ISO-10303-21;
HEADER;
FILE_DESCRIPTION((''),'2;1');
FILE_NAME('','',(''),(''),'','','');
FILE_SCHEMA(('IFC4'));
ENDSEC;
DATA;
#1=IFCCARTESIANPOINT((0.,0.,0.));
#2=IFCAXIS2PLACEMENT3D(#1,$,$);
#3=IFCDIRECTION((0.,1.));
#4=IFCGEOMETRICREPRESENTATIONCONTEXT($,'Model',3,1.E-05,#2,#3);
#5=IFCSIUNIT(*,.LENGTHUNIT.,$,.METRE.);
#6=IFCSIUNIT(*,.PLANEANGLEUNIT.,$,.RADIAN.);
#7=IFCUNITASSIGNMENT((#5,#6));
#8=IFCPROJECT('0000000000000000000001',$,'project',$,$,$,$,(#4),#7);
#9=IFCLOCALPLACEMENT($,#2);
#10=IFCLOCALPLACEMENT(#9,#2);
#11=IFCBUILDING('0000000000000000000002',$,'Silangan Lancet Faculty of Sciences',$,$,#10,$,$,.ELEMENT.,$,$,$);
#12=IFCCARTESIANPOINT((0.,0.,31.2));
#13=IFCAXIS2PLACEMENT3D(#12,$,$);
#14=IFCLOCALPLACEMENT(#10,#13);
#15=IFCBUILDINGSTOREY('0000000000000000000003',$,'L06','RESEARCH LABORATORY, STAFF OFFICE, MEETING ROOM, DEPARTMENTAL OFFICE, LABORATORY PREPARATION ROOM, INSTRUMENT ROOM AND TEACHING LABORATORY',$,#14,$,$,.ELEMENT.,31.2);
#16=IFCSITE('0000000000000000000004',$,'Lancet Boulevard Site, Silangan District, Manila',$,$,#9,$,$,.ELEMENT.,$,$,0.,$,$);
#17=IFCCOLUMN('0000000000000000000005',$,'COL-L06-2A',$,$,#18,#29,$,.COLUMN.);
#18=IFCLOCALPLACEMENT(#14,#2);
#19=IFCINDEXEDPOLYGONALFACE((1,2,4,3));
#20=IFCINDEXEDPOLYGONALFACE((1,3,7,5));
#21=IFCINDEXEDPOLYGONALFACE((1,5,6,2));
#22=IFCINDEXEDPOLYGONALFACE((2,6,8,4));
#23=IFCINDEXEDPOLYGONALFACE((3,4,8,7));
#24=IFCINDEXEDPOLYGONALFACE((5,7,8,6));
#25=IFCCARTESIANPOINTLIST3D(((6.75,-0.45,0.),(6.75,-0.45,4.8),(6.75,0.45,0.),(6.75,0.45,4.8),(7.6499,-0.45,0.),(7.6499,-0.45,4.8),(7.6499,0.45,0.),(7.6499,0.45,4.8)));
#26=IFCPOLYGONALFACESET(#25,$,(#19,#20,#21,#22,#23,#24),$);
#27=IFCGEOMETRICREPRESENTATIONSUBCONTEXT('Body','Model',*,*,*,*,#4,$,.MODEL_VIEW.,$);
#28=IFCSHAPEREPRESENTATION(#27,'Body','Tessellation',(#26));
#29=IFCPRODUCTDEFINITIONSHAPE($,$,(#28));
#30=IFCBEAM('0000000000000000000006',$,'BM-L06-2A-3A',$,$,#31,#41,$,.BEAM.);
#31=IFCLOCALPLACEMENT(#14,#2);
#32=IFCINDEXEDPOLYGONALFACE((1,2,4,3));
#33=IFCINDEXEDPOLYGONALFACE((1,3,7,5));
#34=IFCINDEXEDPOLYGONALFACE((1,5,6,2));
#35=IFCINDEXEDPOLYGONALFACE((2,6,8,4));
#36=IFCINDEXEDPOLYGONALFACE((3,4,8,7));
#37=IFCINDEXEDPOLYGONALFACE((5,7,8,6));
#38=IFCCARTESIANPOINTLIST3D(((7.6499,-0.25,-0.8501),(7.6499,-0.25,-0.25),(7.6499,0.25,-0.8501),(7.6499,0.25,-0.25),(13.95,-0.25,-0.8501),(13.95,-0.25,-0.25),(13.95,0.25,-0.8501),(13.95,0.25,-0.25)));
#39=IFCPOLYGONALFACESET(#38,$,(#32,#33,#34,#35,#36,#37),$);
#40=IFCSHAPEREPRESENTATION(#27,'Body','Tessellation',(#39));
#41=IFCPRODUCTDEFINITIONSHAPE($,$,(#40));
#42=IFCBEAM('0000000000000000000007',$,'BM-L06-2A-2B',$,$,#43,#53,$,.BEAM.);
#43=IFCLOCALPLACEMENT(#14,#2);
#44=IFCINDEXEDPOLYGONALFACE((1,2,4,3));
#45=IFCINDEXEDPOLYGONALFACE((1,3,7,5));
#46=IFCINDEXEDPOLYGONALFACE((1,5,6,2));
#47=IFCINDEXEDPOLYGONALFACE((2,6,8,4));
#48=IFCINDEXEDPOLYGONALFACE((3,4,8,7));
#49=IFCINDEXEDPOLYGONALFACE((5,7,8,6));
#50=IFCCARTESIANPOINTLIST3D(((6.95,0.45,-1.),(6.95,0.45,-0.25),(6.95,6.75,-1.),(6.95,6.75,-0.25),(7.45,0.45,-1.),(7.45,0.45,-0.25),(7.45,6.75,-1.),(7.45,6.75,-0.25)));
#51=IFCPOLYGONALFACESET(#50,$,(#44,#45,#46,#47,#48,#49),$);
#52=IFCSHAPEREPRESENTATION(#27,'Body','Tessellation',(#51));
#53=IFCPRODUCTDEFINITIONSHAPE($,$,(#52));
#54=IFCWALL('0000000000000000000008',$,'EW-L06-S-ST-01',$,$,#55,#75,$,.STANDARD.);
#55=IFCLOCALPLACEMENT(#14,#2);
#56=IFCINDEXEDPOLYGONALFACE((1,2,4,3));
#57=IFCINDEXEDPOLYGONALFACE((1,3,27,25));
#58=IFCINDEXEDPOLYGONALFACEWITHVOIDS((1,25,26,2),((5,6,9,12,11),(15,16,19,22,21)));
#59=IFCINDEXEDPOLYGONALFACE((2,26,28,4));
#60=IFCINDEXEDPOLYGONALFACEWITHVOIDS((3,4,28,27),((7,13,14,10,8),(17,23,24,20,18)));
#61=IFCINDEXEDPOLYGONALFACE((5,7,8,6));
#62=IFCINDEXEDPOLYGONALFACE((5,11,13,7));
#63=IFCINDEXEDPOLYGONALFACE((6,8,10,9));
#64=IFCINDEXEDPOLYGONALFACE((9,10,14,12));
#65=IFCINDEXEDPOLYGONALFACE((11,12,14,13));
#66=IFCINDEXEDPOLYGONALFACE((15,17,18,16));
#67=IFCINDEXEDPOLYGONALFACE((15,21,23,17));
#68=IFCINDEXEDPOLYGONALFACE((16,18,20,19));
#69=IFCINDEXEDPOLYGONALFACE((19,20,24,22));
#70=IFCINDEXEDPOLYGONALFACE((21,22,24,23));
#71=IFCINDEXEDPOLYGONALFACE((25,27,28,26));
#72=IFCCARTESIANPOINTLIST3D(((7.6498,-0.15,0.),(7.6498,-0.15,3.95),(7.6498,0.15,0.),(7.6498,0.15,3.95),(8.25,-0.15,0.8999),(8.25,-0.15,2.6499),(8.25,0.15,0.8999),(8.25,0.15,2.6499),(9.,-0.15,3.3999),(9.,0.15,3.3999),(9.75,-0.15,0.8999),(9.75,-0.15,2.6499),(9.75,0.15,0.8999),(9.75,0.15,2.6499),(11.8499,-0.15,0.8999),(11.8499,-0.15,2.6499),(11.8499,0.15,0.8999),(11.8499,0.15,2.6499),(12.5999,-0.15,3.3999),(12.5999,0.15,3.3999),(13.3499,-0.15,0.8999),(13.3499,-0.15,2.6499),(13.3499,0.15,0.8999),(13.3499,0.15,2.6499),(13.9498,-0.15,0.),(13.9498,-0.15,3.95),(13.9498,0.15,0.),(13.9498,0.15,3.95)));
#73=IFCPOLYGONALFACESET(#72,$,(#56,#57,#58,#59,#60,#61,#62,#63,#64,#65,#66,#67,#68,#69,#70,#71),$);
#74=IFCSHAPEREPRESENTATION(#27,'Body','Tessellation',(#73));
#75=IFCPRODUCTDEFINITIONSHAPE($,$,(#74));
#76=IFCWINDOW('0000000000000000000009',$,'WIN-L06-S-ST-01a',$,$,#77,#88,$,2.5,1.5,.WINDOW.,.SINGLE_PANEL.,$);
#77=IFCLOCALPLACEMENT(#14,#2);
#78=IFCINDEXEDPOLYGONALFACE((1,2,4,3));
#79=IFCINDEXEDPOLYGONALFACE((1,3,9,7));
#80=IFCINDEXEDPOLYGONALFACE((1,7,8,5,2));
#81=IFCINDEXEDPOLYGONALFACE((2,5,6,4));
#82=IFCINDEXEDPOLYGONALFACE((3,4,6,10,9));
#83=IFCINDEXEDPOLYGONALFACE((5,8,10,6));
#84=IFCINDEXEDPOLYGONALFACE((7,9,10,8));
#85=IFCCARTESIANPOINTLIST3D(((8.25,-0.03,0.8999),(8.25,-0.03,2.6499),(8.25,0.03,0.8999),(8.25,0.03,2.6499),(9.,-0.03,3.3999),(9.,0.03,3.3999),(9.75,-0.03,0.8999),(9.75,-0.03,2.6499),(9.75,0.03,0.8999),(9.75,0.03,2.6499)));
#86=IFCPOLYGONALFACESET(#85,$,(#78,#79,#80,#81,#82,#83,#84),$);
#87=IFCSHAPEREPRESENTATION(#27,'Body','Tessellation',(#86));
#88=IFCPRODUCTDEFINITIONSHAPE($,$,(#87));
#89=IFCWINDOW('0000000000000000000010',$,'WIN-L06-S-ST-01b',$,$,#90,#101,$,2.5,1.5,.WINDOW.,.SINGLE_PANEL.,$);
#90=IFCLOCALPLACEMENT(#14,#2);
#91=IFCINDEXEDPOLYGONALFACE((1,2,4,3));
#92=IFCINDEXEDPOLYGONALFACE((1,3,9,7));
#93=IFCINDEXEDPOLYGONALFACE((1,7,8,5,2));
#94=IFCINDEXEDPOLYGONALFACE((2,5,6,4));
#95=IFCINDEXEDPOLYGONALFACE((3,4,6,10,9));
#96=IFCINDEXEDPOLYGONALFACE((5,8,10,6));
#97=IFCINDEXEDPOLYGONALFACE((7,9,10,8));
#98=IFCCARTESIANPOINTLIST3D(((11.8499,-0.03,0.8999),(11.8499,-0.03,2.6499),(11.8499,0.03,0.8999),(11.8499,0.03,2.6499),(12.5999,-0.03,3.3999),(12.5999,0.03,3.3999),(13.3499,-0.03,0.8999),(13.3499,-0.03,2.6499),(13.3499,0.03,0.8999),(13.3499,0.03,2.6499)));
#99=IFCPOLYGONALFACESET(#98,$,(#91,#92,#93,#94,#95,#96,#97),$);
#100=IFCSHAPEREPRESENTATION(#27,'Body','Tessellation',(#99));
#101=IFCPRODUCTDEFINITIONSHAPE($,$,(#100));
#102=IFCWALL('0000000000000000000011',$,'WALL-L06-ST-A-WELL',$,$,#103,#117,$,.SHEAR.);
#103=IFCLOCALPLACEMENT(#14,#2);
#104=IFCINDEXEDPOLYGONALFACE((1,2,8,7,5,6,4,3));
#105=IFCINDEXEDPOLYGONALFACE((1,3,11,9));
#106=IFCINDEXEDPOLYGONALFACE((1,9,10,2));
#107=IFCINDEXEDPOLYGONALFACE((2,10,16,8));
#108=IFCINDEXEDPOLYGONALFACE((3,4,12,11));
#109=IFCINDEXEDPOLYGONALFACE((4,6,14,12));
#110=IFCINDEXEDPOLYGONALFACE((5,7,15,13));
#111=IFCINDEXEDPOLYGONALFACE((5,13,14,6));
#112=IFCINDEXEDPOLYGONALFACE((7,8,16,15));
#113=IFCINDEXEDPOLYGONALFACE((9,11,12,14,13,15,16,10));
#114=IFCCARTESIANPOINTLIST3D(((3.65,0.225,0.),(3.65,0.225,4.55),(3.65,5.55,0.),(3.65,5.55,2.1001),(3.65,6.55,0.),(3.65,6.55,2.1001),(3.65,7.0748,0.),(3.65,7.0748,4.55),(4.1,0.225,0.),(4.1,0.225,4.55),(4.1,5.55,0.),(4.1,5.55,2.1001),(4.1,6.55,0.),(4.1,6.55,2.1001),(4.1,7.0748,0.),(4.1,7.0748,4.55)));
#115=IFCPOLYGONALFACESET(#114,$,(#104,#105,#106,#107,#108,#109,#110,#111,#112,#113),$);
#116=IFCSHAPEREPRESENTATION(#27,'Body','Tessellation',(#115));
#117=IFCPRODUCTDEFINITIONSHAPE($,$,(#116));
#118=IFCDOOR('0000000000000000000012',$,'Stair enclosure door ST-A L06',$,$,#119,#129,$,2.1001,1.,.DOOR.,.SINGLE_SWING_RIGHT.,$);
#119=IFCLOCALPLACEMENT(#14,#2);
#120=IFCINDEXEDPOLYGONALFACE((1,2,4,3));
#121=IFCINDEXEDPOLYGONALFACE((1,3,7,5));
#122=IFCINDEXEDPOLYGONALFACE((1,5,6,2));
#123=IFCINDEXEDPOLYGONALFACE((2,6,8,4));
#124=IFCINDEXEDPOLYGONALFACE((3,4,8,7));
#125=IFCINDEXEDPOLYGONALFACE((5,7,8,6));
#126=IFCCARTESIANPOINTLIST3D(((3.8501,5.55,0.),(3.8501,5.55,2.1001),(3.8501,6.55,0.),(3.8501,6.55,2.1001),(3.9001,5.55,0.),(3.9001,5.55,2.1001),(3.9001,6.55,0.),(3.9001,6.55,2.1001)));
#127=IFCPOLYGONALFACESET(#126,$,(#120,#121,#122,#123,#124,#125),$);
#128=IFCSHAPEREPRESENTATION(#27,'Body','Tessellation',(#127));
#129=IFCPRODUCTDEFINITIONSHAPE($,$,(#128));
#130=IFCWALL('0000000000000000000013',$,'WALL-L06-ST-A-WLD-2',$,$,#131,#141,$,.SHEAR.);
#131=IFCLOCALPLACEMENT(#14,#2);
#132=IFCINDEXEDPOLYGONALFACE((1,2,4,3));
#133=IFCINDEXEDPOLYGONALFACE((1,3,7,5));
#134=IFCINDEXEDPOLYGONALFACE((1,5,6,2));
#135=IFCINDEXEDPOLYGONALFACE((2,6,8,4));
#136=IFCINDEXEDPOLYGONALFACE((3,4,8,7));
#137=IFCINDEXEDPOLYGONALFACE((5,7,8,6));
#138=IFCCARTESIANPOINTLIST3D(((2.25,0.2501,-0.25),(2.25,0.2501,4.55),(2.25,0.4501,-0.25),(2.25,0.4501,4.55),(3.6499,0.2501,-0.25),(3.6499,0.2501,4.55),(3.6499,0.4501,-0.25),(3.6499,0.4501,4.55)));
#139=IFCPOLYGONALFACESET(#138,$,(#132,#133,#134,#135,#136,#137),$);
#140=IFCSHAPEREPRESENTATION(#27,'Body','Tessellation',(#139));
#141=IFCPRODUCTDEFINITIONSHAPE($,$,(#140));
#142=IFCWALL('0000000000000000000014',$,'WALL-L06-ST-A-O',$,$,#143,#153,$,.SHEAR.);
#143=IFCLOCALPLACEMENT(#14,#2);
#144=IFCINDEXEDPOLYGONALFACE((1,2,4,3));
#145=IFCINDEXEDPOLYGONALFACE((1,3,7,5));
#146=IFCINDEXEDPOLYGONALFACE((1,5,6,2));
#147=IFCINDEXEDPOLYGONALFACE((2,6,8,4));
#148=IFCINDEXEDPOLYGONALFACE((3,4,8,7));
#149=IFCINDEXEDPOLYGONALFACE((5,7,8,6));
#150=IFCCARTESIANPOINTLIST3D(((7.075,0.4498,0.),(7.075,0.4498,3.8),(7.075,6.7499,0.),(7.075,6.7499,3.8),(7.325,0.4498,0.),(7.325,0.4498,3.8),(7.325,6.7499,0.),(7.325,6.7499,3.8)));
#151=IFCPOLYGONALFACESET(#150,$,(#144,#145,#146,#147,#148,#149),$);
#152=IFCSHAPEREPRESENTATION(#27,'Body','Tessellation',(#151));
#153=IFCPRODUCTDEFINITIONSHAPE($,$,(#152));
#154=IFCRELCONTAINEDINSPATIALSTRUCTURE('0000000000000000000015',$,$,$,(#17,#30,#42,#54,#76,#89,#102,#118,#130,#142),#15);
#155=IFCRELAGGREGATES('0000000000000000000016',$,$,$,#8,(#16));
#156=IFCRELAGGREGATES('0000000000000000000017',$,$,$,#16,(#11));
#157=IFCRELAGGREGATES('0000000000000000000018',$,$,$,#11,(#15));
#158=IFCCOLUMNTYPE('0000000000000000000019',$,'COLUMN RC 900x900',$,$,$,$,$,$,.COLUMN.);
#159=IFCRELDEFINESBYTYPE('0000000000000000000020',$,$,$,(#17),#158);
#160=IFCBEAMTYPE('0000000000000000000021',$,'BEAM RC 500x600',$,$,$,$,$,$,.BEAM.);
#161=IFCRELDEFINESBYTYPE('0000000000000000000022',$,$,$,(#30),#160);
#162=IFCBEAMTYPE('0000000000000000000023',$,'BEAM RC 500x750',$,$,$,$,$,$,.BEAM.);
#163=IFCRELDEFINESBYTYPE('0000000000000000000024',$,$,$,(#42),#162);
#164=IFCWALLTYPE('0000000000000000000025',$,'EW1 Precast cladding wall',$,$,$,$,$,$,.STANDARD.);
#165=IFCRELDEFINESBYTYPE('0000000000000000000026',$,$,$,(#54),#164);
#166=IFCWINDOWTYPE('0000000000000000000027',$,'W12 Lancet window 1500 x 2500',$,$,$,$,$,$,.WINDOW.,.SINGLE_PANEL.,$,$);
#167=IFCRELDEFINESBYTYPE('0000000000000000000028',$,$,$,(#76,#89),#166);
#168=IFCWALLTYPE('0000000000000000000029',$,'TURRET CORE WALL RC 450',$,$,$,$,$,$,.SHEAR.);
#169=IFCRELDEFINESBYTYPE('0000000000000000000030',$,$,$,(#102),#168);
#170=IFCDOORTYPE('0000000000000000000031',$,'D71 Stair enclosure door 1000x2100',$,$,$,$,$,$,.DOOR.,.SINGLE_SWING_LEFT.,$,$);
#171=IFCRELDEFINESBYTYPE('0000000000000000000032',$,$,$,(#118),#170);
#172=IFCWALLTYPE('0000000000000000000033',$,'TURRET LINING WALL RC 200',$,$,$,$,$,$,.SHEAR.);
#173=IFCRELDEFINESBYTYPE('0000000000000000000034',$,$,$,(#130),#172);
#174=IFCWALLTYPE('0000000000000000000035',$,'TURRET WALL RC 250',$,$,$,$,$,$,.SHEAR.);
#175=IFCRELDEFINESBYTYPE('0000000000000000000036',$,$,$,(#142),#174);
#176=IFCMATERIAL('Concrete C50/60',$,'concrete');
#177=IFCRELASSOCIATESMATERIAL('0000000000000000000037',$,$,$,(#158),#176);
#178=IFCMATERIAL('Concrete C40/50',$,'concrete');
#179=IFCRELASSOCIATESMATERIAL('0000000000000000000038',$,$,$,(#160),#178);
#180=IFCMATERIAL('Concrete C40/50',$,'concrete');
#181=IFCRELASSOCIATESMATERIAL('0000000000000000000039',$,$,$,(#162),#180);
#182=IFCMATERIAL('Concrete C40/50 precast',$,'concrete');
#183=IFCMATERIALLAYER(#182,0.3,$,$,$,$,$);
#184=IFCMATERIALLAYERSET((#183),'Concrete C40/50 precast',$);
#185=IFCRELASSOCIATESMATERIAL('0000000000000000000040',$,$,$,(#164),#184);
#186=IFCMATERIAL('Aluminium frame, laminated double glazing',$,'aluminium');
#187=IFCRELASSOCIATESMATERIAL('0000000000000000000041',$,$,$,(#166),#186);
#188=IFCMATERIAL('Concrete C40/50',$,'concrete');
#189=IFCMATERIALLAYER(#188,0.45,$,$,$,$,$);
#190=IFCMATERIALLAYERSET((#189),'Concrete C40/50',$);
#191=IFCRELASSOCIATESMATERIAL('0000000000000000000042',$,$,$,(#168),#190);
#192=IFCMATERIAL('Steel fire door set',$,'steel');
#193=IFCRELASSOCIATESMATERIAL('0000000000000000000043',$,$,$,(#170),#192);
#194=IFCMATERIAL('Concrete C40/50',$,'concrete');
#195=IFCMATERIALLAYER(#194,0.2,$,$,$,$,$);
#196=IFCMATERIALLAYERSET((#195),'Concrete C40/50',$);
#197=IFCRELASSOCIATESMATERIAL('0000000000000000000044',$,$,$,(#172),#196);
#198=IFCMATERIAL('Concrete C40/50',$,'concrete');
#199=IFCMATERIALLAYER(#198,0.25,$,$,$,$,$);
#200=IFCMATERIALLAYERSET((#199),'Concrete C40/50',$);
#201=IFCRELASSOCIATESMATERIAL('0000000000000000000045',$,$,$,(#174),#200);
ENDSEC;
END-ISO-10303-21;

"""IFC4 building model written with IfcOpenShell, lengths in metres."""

from ifc_helpers import new_model, si_unit, direction, frame, frame_2d, origin, origin_2d, place, context, subcontext, project, spatial, polyline, rectangle, outline, extrude, material, layer, layer_set, material_profile, profile_set, type_object, element, fill, save


model = new_model("IFC4")

# Units and contexts
model_context = context("Model", 3, precision=1e-05, world=origin(), true_north=direction((0.0, 1.0)))
body_context = subcontext(model_context, "Body", "Model", "MODEL_VIEW")
ifc_project = project(units=[si_unit("LENGTHUNIT", "METRE"), si_unit("PLANEANGLEUNIT", "RADIAN")], contexts=[model_context])

# Site, building, storey
site_placement = place(None, origin())
site = spatial("IfcSite", under=ifc_project, at=site_placement, Name="Lancet Boulevard Site, Silangan District, Manila", CompositionType="ELEMENT", RefElevation=0.0)
building_placement = place(site_placement, origin())
building = spatial("IfcBuilding", under=site, at=building_placement, Name="Silangan Lancet Faculty of Sciences", CompositionType="ELEMENT")
storey_placement = place(building_placement, frame((0.0, 0.0, 31.2)))
storey = spatial("IfcBuildingStorey", under=building, at=storey_placement, Name="L06", Description="RESEARCH LABORATORY, STAFF OFFICE, MEETING ROOM, DEPARTMENTAL OFFICE, LABORATORY PREPARATION ROOM, INSTRUMENT ROOM AND TEACHING LABORATORY", CompositionType="ELEMENT", Elevation=31.2)

# Column
ifc_material_1 = material(Name="Concrete C50/60", Category="concrete")
ifc_material_profile_1 = material_profile(ifc_material_1, rectangle(XDim=0.8999, YDim=0.8999, at=origin_2d()), Name="RC 900x900")
ifc_profile_set_1 = profile_set([ifc_material_profile_1], Name="Concrete C50/60")
column_type = type_object("IfcColumnType", Name="COLUMN RC 900x900", PredefinedType="COLUMN", material=ifc_profile_set_1)
column_placement = place(storey_placement, frame((7.2, 0.0, 0.0), z_axis=(0.0, 0.0, 1.0), x_axis=(1.0, 0.0, 0.0)))
element("IfcColumn", 1, at=column_placement, inside=storey, type_object=column_type, Name="COL-L06-2A", PredefinedType="COLUMN", context=body_context, shape_type="SweptSolid", body=[
    extrude(rectangle(XDim=0.8999, YDim=0.8999, at=origin_2d()), origin(), (0.0, 0.0, 1.0), 4.8),
])

# Beams
ifc_material_2 = material(Name="Concrete C40/50", Category="concrete")
ifc_material_profile_2 = material_profile(ifc_material_2, rectangle(XDim=0.5, YDim=0.6001, at=origin_2d()), Name="RC 500x600")
ifc_profile_set_2 = profile_set([ifc_material_profile_2], Name="Concrete C40/50")
beam_type_1 = type_object("IfcBeamType", Name="BEAM RC 500x600", PredefinedType="BEAM", material=ifc_profile_set_2)
beam_1_placement = place(storey_placement, frame((7.6499, 0.0, -0.55), z_axis=(1.0, 0.0, 0.0), x_axis=(0.0, 1.0, 0.0)))
element("IfcBeam", 2, at=beam_1_placement, inside=storey, type_object=beam_type_1, Name="BM-L06-2A-3A", PredefinedType="BEAM", context=body_context, shape_type="SweptSolid", body=[
    extrude(rectangle(XDim=0.5, YDim=0.6001, at=origin_2d()), origin(), (0.0, 0.0, 1.0), 6.3),
])
ifc_material_3 = material(Name="Concrete C40/50", Category="concrete")
ifc_material_profile_3 = material_profile(ifc_material_3, rectangle(XDim=0.5, YDim=0.75, at=origin_2d()), Name="RC 500x750")
ifc_profile_set_3 = profile_set([ifc_material_profile_3], Name="Concrete C40/50")
beam_type_2 = type_object("IfcBeamType", Name="BEAM RC 500x750", PredefinedType="BEAM", material=ifc_profile_set_3)
beam_2_placement = place(storey_placement, frame((7.2, 0.45, -0.625), z_axis=(0.0, 1.0, 0.0), x_axis=(-1.0, 0.0, 0.0)))
element("IfcBeam", 3, at=beam_2_placement, inside=storey, type_object=beam_type_2, Name="BM-L06-2A-2B", PredefinedType="BEAM", context=body_context, shape_type="SweptSolid", body=[
    extrude(rectangle(XDim=0.5, YDim=0.75, at=origin_2d()), origin(), (0.0, 0.0, 1.0), 6.3),
])

# Wall, openings, windows
ifc_material_4 = material(Name="Concrete C40/50 precast", Category="concrete")
ifc_layer_1 = layer(ifc_material_4, 0.3)
ifc_layer_set_1 = layer_set([ifc_layer_1], Name="Concrete C40/50 precast")
wall_type_1 = type_object("IfcWallType", Name="EW1 Precast cladding wall", PredefinedType="STANDARD", material=ifc_layer_set_1)
wall_1_placement = place(storey_placement, frame((7.6499, 0.0, 0.0), z_axis=(0.0, 0.0, 1.0), x_axis=(1.0, 0.0, 0.0)))
wall_1 = element("IfcWall", 4, at=wall_1_placement, inside=storey, type_object=wall_type_1, Name="EW-L06-S-ST-01", PredefinedType="STANDARD", context=body_context, shape_type="SweptSolid", body=[
    extrude(rectangle(XDim=6.3, YDim=0.3, at=frame_2d((3.1499, 0.0))), origin(), (0.0, 0.0, 1.0), 3.95),
])
opening_1_placement = place(wall_1_placement, frame((0.6001, 0.0, 0.8999)))
opening_1 = element("IfcOpeningElement", 5, at=opening_1_placement, cuts=wall_1, PredefinedType="OPENING", context=body_context, shape_type="SweptSolid", body=[
    extrude(outline(polyline([(0.0, 0.0), (1.5, 0.0), (1.5, 1.75), (0.75, 2.5), (0.0, 1.75), (0.0, 0.0)])), frame((0.0, 0.1599, 0.0), z_axis=(0.0, -1.0, 0.0), x_axis=(1.0, 0.0, 0.0)), (0.0, 0.0, 1.0), 0.3201),
])
opening_2_placement = place(wall_1_placement, frame((4.2, 0.0, 0.8999)))
opening_2 = element("IfcOpeningElement", 6, at=opening_2_placement, cuts=wall_1, PredefinedType="OPENING", context=body_context, shape_type="SweptSolid", body=[
    extrude(outline(polyline([(0.0, 0.0), (1.5, 0.0), (1.5, 1.75), (0.75, 2.5), (0.0, 1.75), (0.0, 0.0)])), frame((0.0, 0.1599, 0.0), z_axis=(0.0, -1.0, 0.0), x_axis=(1.0, 0.0, 0.0)), (0.0, 0.0, 1.0), 0.3201),
])
ifc_material_5 = material(Name="Aluminium frame, laminated double glazing", Category="aluminium")
window_type = type_object("IfcWindowType", Name="W12 Lancet window 1500 x 2500", PartitioningType="SINGLE_PANEL", PredefinedType="WINDOW", material=ifc_material_5)
window_1_placement = place(opening_1_placement, origin())
window_1 = element("IfcWindow", 7, at=window_1_placement, inside=storey, type_object=window_type, Name="WIN-L06-S-ST-01a", OverallHeight=2.5, OverallWidth=1.5, PartitioningType="SINGLE_PANEL", PredefinedType="WINDOW", context=body_context, shape_type="SweptSolid", body=[
    extrude(outline(polyline([(0.0, 0.0), (1.5, 0.0), (1.5, 1.75), (0.75, 2.5), (0.0, 1.75), (0.0, 0.0)])), frame((0.0, 0.03, 0.0), z_axis=(0.0, -1.0, 0.0), x_axis=(1.0, 0.0, 0.0)), (0.0, 0.0, 1.0), 0.0601),
])
fill(opening_1, window_1)
window_2_placement = place(opening_2_placement, origin())
window_2 = element("IfcWindow", 8, at=window_2_placement, inside=storey, type_object=window_type, Name="WIN-L06-S-ST-01b", OverallHeight=2.5, OverallWidth=1.5, PartitioningType="SINGLE_PANEL", PredefinedType="WINDOW", context=body_context, shape_type="SweptSolid", body=[
    extrude(outline(polyline([(0.0, 0.0), (1.5, 0.0), (1.5, 1.75), (0.75, 2.5), (0.0, 1.75), (0.0, 0.0)])), frame((0.0, 0.03, 0.0), z_axis=(0.0, -1.0, 0.0), x_axis=(1.0, 0.0, 0.0)), (0.0, 0.0, 1.0), 0.0601),
])
fill(opening_2, window_2)

# Wall, opening, door
ifc_material_6 = material(Name="Concrete C40/50", Category="concrete")
ifc_layer_2 = layer(ifc_material_6, 0.45)
ifc_layer_set_2 = layer_set([ifc_layer_2], Name="Concrete C40/50")
wall_type_2 = type_object("IfcWallType", Name="TURRET CORE WALL RC 450", PredefinedType="SHEAR", material=ifc_layer_set_2)
wall_2_placement = place(storey_placement, frame((3.875, 0.2251, 0.0), z_axis=(0.0, 0.0, 1.0), x_axis=(0.0, 1.0, 0.0)))
wall_2 = element("IfcWall", 9, at=wall_2_placement, inside=storey, type_object=wall_type_2, Name="WALL-L06-ST-A-WELL", PredefinedType="SHEAR", context=body_context, shape_type="SweptSolid", body=[
    extrude(rectangle(XDim=6.8499, YDim=0.45, at=frame_2d((3.4248, 0.0))), origin(), (0.0, 0.0, 1.0), 4.55),
])
opening_3_placement = place(wall_2_placement, frame((5.325, 0.0, 0.0)))
opening_3 = element("IfcOpeningElement", 10, at=opening_3_placement, cuts=wall_2, PredefinedType="OPENING", context=body_context, shape_type="SweptSolid", body=[
    extrude(rectangle(XDim=1.0, YDim=2.1001, at=frame_2d((0.5, 1.05))), frame((0.0, 0.2349, 0.0), z_axis=(0.0, -1.0, 0.0), x_axis=(1.0, 0.0, 0.0)), (0.0, 0.0, 1.0), 0.47),
])
ifc_material_7 = material(Name="Steel fire door set", Category="steel")
door_type = type_object("IfcDoorType", Name="D71 Stair enclosure door 1000x2100", OperationType="SINGLE_SWING_LEFT", PredefinedType="DOOR", material=ifc_material_7)
door_placement = place(opening_3_placement, origin())
door = element("IfcDoor", 11, at=door_placement, inside=storey, type_object=door_type, Name="Stair enclosure door ST-A L06", OperationType="SINGLE_SWING_RIGHT", OverallHeight=2.1001, OverallWidth=1.0, PredefinedType="DOOR", context=body_context, shape_type="SweptSolid", body=[
    extrude(rectangle(XDim=1.0, YDim=2.1001, at=frame_2d((0.5, 1.05))), frame((0.0, 0.0249, 0.0), z_axis=(0.0, -1.0, 0.0), x_axis=(1.0, 0.0, 0.0)), (0.0, 0.0, 1.0), 0.05),
])
fill(opening_3, door)

# Walls
ifc_material_8 = material(Name="Concrete C40/50", Category="concrete")
ifc_layer_3 = layer(ifc_material_8, 0.2)
ifc_layer_set_3 = layer_set([ifc_layer_3], Name="Concrete C40/50")
wall_type_3 = type_object("IfcWallType", Name="TURRET LINING WALL RC 200", PredefinedType="SHEAR", material=ifc_layer_set_3)
wall_3_placement = place(storey_placement, frame((2.25, 0.3501, -0.25), z_axis=(0.0, 0.0, 1.0), x_axis=(1.0, 0.0, 0.0)))
element("IfcWall", 12, at=wall_3_placement, inside=storey, type_object=wall_type_3, Name="WALL-L06-ST-A-WLD-2", PredefinedType="SHEAR", context=body_context, shape_type="SweptSolid", body=[
    extrude(rectangle(XDim=1.3999, YDim=0.2, at=frame_2d((0.7, 0.0))), origin(), (0.0, 0.0, 1.0), 4.8),
])
ifc_material_9 = material(Name="Concrete C40/50", Category="concrete")
ifc_layer_4 = layer(ifc_material_9, 0.25)
ifc_layer_set_4 = layer_set([ifc_layer_4], Name="Concrete C40/50")
wall_type_4 = type_object("IfcWallType", Name="TURRET WALL RC 250", PredefinedType="SHEAR", material=ifc_layer_set_4)
wall_4_placement = place(storey_placement, frame((7.2, 0.45, 0.0), z_axis=(0.0, 0.0, 1.0), x_axis=(0.0, 1.0, 0.0)))
element("IfcWall", 13, at=wall_4_placement, inside=storey, type_object=wall_type_4, Name="WALL-L06-ST-A-O", PredefinedType="SHEAR", context=body_context, shape_type="SweptSolid", body=[
    extrude(rectangle(XDim=6.3, YDim=0.25, at=frame_2d((3.1499, 0.0))), origin(), (0.0, 0.0, 1.0), 3.8),
])

save(model, "model.ifc")
